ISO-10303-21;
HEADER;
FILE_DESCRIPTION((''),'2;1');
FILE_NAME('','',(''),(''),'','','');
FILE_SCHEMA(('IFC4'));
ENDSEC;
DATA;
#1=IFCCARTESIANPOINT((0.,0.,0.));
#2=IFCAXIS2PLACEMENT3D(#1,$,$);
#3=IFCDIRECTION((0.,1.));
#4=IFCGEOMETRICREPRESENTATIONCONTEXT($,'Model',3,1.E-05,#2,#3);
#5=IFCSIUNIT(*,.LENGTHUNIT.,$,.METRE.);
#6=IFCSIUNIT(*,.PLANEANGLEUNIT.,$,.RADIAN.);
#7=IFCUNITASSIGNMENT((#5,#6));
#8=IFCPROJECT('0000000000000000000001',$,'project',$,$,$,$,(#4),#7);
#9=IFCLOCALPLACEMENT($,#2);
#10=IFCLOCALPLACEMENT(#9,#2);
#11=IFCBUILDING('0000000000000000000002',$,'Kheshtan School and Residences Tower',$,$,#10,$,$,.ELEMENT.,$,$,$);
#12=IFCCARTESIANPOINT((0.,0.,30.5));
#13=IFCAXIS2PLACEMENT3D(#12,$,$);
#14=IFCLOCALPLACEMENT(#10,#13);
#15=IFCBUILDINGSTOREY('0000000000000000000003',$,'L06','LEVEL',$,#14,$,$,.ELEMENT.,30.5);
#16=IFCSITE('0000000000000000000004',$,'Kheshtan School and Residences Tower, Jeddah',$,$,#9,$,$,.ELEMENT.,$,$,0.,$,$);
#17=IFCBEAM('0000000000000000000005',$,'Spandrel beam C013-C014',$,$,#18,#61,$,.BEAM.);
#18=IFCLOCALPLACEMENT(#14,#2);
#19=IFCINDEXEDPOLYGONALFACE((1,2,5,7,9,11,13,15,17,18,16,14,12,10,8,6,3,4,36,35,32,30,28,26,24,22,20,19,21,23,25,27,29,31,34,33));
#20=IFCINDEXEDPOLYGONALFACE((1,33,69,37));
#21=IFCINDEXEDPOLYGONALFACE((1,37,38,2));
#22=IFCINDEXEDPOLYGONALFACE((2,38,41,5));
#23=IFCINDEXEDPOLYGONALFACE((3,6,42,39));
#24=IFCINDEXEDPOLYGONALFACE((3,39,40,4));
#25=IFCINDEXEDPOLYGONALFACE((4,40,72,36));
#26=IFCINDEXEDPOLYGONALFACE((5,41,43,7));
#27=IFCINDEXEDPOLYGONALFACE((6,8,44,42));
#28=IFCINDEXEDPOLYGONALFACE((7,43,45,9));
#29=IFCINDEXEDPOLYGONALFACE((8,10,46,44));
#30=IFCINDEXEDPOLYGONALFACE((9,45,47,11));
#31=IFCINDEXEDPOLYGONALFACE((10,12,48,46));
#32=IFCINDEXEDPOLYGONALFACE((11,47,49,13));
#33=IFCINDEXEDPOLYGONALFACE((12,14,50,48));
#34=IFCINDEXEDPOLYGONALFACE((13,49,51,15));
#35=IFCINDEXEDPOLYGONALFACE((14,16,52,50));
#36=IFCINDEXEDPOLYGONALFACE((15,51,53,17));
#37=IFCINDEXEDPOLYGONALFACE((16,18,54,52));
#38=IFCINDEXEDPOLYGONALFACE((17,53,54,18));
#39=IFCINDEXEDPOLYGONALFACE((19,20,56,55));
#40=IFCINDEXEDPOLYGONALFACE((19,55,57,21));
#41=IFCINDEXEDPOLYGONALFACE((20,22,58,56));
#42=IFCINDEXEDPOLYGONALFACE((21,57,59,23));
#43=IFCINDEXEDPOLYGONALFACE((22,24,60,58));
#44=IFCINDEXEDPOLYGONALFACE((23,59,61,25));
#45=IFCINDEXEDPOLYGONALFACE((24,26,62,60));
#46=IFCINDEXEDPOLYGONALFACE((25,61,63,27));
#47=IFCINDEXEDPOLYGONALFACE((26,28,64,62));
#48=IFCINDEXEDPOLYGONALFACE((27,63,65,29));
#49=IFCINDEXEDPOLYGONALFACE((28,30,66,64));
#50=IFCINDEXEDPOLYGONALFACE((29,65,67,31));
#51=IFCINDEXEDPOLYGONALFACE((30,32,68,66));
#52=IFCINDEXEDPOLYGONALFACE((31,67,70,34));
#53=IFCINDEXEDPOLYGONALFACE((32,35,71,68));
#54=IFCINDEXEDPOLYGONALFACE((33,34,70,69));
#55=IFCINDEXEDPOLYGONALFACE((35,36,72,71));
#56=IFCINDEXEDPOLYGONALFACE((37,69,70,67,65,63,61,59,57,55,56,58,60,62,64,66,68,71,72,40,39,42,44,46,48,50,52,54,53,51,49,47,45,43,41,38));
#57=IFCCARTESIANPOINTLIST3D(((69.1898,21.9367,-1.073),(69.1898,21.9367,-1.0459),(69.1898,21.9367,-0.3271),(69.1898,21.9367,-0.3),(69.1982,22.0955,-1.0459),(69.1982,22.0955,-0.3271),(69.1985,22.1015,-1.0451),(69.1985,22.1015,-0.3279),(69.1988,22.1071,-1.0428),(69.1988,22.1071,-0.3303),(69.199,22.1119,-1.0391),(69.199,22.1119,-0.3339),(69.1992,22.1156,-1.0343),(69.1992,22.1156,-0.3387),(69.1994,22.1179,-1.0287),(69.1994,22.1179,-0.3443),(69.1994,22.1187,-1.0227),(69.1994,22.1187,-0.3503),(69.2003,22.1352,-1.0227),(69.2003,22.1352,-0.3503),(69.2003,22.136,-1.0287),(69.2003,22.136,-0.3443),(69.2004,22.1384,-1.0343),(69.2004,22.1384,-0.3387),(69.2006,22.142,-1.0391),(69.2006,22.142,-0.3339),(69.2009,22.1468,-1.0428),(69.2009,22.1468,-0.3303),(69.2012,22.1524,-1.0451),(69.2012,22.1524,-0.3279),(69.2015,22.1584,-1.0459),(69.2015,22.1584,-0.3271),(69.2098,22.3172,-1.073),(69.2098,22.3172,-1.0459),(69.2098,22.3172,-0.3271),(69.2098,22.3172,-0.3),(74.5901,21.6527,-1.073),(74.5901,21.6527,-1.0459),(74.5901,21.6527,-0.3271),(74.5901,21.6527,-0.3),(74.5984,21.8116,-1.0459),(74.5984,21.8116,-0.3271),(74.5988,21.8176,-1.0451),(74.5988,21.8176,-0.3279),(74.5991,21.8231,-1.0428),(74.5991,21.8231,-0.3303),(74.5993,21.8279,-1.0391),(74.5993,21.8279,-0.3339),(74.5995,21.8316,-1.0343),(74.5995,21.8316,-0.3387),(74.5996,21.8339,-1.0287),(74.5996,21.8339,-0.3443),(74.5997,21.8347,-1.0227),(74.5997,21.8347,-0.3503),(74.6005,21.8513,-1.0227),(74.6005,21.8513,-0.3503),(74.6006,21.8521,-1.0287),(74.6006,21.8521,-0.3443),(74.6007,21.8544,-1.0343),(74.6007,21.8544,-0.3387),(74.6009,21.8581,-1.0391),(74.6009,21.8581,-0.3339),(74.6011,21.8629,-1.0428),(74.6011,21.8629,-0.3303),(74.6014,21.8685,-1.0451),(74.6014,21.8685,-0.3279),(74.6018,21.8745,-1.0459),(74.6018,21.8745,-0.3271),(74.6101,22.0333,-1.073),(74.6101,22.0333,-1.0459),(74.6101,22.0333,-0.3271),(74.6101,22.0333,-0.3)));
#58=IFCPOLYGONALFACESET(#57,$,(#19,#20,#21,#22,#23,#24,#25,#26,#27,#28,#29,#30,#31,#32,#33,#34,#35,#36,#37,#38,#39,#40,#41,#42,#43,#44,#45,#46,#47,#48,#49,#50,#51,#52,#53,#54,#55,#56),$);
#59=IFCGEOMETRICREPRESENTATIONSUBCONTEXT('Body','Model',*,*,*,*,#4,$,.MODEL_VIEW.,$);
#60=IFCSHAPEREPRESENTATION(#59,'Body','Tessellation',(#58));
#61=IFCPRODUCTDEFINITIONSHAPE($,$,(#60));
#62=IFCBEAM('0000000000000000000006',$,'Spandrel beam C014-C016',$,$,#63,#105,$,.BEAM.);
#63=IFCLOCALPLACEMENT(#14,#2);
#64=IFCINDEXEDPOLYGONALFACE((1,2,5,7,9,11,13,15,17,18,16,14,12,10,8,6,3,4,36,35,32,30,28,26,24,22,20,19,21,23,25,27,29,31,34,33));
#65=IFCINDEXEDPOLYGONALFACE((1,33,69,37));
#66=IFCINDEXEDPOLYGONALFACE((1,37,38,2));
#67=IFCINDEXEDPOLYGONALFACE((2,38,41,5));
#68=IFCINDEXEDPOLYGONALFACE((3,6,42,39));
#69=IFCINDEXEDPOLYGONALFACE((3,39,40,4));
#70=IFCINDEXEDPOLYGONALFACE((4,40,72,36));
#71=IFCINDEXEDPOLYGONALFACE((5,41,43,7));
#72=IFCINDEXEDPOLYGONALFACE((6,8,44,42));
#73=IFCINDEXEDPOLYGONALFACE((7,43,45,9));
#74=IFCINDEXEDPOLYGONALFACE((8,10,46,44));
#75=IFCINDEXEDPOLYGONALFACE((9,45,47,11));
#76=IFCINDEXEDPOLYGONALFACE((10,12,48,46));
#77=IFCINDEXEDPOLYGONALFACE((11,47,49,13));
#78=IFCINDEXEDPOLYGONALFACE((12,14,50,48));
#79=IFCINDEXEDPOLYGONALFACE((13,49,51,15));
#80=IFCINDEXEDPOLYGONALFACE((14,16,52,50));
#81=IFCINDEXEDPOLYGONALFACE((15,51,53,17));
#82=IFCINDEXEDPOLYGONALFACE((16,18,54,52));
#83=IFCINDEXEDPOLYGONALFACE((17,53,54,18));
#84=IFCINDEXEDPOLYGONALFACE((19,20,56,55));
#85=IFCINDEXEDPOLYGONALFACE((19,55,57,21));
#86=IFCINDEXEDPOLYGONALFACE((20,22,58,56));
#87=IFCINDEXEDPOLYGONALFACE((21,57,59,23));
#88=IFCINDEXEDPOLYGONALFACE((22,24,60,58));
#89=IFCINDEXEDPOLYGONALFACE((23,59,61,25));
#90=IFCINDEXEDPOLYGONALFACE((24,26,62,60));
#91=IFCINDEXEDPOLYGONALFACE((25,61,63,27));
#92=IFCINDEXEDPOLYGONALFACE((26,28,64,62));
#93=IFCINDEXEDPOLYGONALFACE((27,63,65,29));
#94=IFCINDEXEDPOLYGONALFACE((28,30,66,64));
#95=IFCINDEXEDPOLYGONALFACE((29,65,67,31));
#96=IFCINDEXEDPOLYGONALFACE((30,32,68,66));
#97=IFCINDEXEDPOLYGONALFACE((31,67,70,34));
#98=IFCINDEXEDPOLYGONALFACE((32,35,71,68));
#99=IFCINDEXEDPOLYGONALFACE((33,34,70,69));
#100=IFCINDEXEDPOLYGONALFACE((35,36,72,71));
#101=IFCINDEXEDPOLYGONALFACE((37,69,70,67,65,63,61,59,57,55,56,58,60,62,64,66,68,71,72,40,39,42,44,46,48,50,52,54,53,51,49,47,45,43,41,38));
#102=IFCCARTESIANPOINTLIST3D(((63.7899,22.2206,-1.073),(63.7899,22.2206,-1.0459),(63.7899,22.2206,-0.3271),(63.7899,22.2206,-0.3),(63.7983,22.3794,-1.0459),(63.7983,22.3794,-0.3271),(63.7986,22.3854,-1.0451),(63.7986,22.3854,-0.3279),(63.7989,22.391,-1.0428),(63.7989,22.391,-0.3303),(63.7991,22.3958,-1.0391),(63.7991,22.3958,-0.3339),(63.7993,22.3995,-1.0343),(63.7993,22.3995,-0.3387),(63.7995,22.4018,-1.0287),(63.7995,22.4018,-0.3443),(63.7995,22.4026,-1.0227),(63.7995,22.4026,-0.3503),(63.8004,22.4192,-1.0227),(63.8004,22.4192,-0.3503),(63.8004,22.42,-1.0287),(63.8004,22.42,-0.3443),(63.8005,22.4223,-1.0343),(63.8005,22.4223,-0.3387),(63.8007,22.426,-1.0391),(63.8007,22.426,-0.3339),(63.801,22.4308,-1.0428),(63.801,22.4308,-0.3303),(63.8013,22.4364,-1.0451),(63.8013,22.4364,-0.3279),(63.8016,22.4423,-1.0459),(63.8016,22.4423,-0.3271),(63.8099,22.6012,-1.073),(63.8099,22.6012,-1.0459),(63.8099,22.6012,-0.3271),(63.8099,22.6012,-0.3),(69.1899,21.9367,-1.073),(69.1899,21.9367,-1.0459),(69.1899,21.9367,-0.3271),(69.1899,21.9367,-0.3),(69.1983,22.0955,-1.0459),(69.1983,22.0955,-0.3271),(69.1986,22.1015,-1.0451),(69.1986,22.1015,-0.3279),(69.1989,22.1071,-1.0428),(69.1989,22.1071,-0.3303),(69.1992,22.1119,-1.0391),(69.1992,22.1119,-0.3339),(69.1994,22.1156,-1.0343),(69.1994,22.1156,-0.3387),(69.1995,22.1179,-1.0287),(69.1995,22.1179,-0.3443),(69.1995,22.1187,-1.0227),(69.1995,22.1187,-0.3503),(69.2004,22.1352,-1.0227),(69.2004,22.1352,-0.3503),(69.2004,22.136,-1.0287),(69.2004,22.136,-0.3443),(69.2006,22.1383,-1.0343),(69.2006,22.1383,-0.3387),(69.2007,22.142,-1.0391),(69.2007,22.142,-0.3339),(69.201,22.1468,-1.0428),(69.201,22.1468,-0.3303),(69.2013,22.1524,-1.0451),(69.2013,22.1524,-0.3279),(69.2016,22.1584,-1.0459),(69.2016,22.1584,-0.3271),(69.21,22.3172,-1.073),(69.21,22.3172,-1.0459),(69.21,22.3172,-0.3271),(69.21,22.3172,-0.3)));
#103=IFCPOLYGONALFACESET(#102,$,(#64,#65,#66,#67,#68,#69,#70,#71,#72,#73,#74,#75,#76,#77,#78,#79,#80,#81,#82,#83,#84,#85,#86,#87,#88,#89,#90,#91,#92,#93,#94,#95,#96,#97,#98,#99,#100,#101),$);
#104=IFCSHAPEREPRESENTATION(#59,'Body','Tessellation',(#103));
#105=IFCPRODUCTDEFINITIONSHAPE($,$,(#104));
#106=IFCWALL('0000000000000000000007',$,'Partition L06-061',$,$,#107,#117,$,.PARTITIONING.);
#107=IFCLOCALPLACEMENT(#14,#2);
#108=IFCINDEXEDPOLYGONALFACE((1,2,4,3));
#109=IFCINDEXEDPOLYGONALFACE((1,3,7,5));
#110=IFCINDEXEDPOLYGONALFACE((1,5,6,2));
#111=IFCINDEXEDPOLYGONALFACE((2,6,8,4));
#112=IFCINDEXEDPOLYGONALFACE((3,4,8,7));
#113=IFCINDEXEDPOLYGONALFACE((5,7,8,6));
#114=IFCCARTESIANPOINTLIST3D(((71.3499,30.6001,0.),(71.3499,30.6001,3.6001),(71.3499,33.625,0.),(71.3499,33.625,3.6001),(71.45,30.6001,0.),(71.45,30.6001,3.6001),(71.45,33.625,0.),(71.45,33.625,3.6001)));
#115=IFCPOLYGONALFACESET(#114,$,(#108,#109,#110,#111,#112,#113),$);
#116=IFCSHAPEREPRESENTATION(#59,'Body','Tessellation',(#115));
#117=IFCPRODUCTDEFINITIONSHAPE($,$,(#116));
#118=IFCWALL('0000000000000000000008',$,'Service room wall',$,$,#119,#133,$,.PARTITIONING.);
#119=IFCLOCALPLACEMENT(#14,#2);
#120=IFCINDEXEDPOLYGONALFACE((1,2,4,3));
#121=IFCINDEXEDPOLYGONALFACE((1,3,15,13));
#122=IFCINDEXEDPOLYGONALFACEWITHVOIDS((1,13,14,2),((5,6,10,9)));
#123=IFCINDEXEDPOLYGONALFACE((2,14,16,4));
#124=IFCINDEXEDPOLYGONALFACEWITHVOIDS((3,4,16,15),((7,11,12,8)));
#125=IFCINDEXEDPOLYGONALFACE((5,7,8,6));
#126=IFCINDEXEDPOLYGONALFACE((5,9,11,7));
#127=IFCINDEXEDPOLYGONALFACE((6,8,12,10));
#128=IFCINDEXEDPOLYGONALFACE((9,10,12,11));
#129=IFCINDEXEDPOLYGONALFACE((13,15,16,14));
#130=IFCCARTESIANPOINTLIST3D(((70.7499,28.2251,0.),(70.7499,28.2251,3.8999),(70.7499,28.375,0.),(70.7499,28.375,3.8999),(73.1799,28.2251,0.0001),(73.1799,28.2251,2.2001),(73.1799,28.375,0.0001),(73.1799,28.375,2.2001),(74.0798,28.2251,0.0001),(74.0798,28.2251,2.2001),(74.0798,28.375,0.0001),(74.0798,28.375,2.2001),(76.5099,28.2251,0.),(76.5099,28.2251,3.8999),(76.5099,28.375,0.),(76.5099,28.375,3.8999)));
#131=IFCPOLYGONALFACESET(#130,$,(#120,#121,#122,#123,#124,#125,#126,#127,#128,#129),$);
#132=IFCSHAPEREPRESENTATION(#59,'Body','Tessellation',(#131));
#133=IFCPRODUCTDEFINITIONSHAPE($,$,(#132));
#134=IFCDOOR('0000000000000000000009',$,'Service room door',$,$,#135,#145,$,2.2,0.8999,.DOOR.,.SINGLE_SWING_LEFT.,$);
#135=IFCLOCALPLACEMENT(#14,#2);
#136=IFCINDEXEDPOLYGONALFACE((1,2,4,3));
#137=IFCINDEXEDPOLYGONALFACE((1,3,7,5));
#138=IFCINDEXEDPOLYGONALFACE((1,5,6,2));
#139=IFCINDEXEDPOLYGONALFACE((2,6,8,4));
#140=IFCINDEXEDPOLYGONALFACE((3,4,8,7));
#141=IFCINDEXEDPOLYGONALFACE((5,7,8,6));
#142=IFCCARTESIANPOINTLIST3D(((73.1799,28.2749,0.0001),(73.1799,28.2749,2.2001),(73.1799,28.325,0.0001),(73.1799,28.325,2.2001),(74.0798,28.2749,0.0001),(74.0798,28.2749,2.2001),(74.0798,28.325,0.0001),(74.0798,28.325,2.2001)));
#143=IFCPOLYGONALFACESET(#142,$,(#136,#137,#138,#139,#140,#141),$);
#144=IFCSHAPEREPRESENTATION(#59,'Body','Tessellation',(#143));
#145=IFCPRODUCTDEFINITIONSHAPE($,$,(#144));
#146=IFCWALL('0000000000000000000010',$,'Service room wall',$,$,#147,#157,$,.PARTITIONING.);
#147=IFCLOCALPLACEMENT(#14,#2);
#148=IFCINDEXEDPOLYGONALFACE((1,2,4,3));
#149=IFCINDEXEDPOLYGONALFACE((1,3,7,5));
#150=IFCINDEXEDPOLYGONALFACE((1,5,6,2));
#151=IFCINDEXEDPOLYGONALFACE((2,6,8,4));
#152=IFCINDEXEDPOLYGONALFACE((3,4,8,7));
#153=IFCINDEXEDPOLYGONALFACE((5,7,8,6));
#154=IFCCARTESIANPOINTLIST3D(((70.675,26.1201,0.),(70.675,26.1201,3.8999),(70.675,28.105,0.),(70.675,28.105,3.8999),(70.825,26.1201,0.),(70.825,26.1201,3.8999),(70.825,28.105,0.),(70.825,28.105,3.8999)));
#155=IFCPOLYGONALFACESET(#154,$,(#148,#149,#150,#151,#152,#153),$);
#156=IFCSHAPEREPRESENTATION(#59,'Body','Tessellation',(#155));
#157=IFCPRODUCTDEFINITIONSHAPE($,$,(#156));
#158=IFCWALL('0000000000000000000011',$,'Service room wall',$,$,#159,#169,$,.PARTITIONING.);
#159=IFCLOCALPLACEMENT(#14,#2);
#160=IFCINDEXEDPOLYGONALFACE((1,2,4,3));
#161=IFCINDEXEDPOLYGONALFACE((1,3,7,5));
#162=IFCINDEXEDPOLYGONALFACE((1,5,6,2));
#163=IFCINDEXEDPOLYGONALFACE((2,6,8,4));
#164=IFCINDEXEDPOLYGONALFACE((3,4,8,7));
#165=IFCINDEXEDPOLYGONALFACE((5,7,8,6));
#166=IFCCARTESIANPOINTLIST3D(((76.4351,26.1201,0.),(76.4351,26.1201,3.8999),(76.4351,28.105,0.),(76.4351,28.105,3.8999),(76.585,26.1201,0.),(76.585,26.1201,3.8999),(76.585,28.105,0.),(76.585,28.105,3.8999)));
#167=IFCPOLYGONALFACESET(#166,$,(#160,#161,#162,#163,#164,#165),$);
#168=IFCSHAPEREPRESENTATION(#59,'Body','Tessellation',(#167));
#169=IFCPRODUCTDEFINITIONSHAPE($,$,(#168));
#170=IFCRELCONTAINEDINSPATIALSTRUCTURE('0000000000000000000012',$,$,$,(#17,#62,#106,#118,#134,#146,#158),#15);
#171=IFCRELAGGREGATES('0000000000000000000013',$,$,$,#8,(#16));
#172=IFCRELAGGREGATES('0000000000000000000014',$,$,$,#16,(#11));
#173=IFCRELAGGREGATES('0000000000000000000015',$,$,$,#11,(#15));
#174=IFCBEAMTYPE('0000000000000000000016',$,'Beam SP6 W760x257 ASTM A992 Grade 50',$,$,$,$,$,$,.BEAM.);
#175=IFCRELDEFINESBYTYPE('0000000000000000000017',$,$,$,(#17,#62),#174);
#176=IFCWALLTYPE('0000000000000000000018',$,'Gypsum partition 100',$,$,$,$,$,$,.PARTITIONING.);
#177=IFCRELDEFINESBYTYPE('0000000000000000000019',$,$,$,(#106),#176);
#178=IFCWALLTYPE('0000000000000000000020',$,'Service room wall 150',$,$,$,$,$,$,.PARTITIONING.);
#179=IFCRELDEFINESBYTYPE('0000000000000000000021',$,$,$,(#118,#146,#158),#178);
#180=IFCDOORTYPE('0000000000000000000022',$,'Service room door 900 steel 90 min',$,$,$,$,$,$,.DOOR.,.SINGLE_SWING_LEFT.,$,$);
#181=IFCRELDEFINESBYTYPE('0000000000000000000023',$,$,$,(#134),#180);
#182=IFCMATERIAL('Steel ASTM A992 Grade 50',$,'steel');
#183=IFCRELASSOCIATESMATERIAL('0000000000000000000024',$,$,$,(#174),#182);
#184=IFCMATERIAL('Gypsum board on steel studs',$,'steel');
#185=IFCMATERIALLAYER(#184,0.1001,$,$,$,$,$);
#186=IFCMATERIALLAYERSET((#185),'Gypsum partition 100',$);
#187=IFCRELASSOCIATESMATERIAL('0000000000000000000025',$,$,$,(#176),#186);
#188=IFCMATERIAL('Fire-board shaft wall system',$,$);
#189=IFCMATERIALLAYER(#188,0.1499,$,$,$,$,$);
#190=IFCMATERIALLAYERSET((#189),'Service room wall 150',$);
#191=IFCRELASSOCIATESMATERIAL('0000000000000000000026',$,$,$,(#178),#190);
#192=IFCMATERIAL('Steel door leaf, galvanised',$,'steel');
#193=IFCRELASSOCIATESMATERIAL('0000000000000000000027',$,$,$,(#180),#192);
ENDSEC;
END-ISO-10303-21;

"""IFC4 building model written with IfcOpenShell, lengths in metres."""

from ifc_helpers import new_model, si_unit, direction, frame, frame_2d, origin, origin_2d, place, context, subcontext, project, spatial, rectangle, i_section, extrude, source, transform, mapped, material, layer, layer_set, material_profile, profile_set, type_object, element, fill, save


model = new_model("IFC4")

# Units and contexts
model_context = context("Model", 3, precision=1e-05, world=origin(), true_north=direction((0.0, 1.0)))
body_context = subcontext(model_context, "Body", "Model", "MODEL_VIEW")
ifc_project = project(units=[si_unit("LENGTHUNIT", "METRE"), si_unit("PLANEANGLEUNIT", "RADIAN")], contexts=[model_context])

# Site, building, storey
site_placement = place(None, origin())
site = spatial("IfcSite", under=ifc_project, at=site_placement, Name="Kheshtan School and Residences Tower, Jeddah", CompositionType="ELEMENT", RefElevation=0.0)
building_placement = place(site_placement, origin())
building = spatial("IfcBuilding", under=site, at=building_placement, Name="Kheshtan School and Residences Tower", CompositionType="ELEMENT")
storey_placement = place(building_placement, frame((0.0, 0.0, 30.5)))
storey = spatial("IfcBuildingStorey", under=building, at=storey_placement, Name="L06", Description="LEVEL", CompositionType="ELEMENT", Elevation=30.5)

# Shared definitions
ifc_material_1 = material(Name="Steel ASTM A992 Grade 50", Category="steel")

# Beams
ifc_material_profile_1 = material_profile(ifc_material_1, i_section(OverallWidth=0.3811, OverallDepth=0.7729, WebThickness=0.0166, FlangeThickness=0.0271, FilletRadius=0.0232, at=origin_2d()), Name="W760x257")
ifc_profile_set_1 = profile_set([ifc_material_profile_1], Name="Steel ASTM A992 Grade 50")
beam_type = type_object("IfcBeamType", Name="Beam SP6 W760x257 ASTM A992 Grade 50", PredefinedType="BEAM", material=ifc_profile_set_1)
beam_1_placement = place(storey_placement, frame((74.6001, 21.843, -0.6865), z_axis=(-0.998621, 0.052507, 0.0), x_axis=(-0.052507, -0.998621, 0.0)))
element("IfcBeam", 1, at=beam_1_placement, inside=storey, type_object=beam_type, Name="Spandrel beam C013-C014", PredefinedType="BEAM", context=body_context, shape_type="SweptSolid", body=[
    extrude(i_section(OverallWidth=0.3811, OverallDepth=0.7729, WebThickness=0.0166, FlangeThickness=0.0271, FilletRadius=0.0232, at=origin_2d()), origin(), (0.0, 0.0, 1.0), 5.4077),
])
beam_2_placement = place(storey_placement, frame((69.2, 22.127, -0.6865), z_axis=(-0.99862, 0.052509, 0.0), x_axis=(-0.052509, -0.99862, 0.0)))
element("IfcBeam", 2, at=beam_2_placement, inside=storey, type_object=beam_type, Name="Spandrel beam C014-C016", PredefinedType="BEAM", context=body_context, shape_type="SweptSolid", body=[
    extrude(i_section(OverallWidth=0.3811, OverallDepth=0.7729, WebThickness=0.0166, FlangeThickness=0.0271, FilletRadius=0.0232, at=origin_2d()), origin(), (0.0, 0.0, 1.0), 5.4075),
])

# Wall
ifc_material_2 = material(Name="Gypsum board on steel studs", Category="steel")
ifc_layer_1 = layer(ifc_material_2, 0.1001)
ifc_layer_set_1 = layer_set([ifc_layer_1], Name="Gypsum partition 100")
wall_type_1 = type_object("IfcWallType", Name="Gypsum partition 100", PredefinedType="PARTITIONING", material=ifc_layer_set_1)
wall_1_placement = place(storey_placement, frame((71.3999, 30.6001, 0.0), z_axis=(0.0, 0.0, 1.0), x_axis=(0.0, 1.0, 0.0)))
element("IfcWall", 3, at=wall_1_placement, inside=storey, type_object=wall_type_1, Name="Partition L06-061", PredefinedType="PARTITIONING", context=body_context, shape_type="SweptSolid", body=[
    extrude(rectangle(XDim=3.0249, YDim=0.1001, at=frame_2d((1.5125, 0.0))), origin(), (0.0, 0.0, 1.0), 3.6001),
])

# Wall, opening, door
ifc_material_3 = material(Name="Fire-board shaft wall system")
ifc_layer_2 = layer(ifc_material_3, 0.1499)
ifc_layer_set_2 = layer_set([ifc_layer_2], Name="Service room wall 150")
wall_type_2 = type_object("IfcWallType", Name="Service room wall 150", PredefinedType="PARTITIONING", material=ifc_layer_set_2)
wall_2_placement = place(storey_placement, frame((70.75, 28.3, 0.0), z_axis=(0.0, 0.0, 1.0), x_axis=(1.0, 0.0, 0.0)))
wall_2 = element("IfcWall", 4, at=wall_2_placement, inside=storey, type_object=wall_type_2, Name="Service room wall", PredefinedType="PARTITIONING", context=body_context, shape_type="SweptSolid", body=[
    extrude(rectangle(XDim=5.76, YDim=0.1499, at=frame_2d((2.8799, 0.0))), origin(), (0.0, 0.0, 1.0), 3.8999),
])
opening_1_placement = place(wall_2_placement, frame((2.4299, 0.0, 0.0)))
opening_1 = element("IfcOpeningElement", 5, at=opening_1_placement, cuts=wall_2, PredefinedType="OPENING", context=body_context, shape_type="SweptSolid", body=[
    extrude(rectangle(XDim=0.8999, YDim=2.2, at=frame_2d((0.45, 1.1001))), frame((0.0, 0.085, 0.0), z_axis=(0.0, -1.0, 0.0), x_axis=(1.0, 0.0, 0.0)), (0.0, 0.0, 1.0), 0.1699),
])
ifc_material_4 = material(Name="Steel door leaf, galvanised", Category="steel")
door_type_1 = type_object("IfcDoorType", Name="Service room door 900 steel 90 min", OperationType="SINGLE_SWING_LEFT", PredefinedType="DOOR", material=ifc_material_4)
shared_shape_1 = source(origin(), body_context, "Body", "SweptSolid", [
    extrude(rectangle(XDim=0.8999, YDim=2.2, at=frame_2d((0.45, 1.1001))), frame((0.0, 0.0249, 0.0), z_axis=(0.0, -1.0, 0.0), x_axis=(1.0, 0.0, 0.0)), (0.0, 0.0, 1.0), 0.05),
])
door_1_placement = place(opening_1_placement, origin())
door_1 = element("IfcDoor", 6, at=door_1_placement, inside=storey, type_object=door_type_1, Name="Service room door", OperationType="SINGLE_SWING_LEFT", OverallHeight=2.2, OverallWidth=0.8999, PredefinedType="DOOR", context=body_context, shape_type="MappedRepresentation", body=[
    mapped(shared_shape_1, transform((0.0, 0.0, 0.0), x_axis=(1.0, 0.0, 0.0), y_axis=(0.0, 1.0, 0.0), z_axis=(0.0, 0.0, 1.0), scale=1.0)),
])
fill(opening_1, door_1)

# Walls
for number, where, z_axis, x_axis, name in (
    (7, (70.75, 26.1201, 0.0), (0.0, 0.0, 1.0), (0.0, 1.0, 0.0), "Service room wall"),
    (8, (76.51, 26.1201, 0.0), (0.0, 0.0, 1.0), (0.0, 1.0, 0.0), "Service room wall"),
):
    element("IfcWall", number, at=place(storey_placement, frame(where, z_axis=z_axis, x_axis=x_axis)), inside=storey, type_object=wall_type_2, Name=name, PredefinedType="PARTITIONING", context=body_context, shape_type="SweptSolid", body=[
        extrude(rectangle(XDim=1.9849, YDim=0.1499, at=frame_2d((0.9924, 0.0))), origin(), (0.0, 0.0, 1.0), 3.8999),
    ])

save(model, "model.ifc")
